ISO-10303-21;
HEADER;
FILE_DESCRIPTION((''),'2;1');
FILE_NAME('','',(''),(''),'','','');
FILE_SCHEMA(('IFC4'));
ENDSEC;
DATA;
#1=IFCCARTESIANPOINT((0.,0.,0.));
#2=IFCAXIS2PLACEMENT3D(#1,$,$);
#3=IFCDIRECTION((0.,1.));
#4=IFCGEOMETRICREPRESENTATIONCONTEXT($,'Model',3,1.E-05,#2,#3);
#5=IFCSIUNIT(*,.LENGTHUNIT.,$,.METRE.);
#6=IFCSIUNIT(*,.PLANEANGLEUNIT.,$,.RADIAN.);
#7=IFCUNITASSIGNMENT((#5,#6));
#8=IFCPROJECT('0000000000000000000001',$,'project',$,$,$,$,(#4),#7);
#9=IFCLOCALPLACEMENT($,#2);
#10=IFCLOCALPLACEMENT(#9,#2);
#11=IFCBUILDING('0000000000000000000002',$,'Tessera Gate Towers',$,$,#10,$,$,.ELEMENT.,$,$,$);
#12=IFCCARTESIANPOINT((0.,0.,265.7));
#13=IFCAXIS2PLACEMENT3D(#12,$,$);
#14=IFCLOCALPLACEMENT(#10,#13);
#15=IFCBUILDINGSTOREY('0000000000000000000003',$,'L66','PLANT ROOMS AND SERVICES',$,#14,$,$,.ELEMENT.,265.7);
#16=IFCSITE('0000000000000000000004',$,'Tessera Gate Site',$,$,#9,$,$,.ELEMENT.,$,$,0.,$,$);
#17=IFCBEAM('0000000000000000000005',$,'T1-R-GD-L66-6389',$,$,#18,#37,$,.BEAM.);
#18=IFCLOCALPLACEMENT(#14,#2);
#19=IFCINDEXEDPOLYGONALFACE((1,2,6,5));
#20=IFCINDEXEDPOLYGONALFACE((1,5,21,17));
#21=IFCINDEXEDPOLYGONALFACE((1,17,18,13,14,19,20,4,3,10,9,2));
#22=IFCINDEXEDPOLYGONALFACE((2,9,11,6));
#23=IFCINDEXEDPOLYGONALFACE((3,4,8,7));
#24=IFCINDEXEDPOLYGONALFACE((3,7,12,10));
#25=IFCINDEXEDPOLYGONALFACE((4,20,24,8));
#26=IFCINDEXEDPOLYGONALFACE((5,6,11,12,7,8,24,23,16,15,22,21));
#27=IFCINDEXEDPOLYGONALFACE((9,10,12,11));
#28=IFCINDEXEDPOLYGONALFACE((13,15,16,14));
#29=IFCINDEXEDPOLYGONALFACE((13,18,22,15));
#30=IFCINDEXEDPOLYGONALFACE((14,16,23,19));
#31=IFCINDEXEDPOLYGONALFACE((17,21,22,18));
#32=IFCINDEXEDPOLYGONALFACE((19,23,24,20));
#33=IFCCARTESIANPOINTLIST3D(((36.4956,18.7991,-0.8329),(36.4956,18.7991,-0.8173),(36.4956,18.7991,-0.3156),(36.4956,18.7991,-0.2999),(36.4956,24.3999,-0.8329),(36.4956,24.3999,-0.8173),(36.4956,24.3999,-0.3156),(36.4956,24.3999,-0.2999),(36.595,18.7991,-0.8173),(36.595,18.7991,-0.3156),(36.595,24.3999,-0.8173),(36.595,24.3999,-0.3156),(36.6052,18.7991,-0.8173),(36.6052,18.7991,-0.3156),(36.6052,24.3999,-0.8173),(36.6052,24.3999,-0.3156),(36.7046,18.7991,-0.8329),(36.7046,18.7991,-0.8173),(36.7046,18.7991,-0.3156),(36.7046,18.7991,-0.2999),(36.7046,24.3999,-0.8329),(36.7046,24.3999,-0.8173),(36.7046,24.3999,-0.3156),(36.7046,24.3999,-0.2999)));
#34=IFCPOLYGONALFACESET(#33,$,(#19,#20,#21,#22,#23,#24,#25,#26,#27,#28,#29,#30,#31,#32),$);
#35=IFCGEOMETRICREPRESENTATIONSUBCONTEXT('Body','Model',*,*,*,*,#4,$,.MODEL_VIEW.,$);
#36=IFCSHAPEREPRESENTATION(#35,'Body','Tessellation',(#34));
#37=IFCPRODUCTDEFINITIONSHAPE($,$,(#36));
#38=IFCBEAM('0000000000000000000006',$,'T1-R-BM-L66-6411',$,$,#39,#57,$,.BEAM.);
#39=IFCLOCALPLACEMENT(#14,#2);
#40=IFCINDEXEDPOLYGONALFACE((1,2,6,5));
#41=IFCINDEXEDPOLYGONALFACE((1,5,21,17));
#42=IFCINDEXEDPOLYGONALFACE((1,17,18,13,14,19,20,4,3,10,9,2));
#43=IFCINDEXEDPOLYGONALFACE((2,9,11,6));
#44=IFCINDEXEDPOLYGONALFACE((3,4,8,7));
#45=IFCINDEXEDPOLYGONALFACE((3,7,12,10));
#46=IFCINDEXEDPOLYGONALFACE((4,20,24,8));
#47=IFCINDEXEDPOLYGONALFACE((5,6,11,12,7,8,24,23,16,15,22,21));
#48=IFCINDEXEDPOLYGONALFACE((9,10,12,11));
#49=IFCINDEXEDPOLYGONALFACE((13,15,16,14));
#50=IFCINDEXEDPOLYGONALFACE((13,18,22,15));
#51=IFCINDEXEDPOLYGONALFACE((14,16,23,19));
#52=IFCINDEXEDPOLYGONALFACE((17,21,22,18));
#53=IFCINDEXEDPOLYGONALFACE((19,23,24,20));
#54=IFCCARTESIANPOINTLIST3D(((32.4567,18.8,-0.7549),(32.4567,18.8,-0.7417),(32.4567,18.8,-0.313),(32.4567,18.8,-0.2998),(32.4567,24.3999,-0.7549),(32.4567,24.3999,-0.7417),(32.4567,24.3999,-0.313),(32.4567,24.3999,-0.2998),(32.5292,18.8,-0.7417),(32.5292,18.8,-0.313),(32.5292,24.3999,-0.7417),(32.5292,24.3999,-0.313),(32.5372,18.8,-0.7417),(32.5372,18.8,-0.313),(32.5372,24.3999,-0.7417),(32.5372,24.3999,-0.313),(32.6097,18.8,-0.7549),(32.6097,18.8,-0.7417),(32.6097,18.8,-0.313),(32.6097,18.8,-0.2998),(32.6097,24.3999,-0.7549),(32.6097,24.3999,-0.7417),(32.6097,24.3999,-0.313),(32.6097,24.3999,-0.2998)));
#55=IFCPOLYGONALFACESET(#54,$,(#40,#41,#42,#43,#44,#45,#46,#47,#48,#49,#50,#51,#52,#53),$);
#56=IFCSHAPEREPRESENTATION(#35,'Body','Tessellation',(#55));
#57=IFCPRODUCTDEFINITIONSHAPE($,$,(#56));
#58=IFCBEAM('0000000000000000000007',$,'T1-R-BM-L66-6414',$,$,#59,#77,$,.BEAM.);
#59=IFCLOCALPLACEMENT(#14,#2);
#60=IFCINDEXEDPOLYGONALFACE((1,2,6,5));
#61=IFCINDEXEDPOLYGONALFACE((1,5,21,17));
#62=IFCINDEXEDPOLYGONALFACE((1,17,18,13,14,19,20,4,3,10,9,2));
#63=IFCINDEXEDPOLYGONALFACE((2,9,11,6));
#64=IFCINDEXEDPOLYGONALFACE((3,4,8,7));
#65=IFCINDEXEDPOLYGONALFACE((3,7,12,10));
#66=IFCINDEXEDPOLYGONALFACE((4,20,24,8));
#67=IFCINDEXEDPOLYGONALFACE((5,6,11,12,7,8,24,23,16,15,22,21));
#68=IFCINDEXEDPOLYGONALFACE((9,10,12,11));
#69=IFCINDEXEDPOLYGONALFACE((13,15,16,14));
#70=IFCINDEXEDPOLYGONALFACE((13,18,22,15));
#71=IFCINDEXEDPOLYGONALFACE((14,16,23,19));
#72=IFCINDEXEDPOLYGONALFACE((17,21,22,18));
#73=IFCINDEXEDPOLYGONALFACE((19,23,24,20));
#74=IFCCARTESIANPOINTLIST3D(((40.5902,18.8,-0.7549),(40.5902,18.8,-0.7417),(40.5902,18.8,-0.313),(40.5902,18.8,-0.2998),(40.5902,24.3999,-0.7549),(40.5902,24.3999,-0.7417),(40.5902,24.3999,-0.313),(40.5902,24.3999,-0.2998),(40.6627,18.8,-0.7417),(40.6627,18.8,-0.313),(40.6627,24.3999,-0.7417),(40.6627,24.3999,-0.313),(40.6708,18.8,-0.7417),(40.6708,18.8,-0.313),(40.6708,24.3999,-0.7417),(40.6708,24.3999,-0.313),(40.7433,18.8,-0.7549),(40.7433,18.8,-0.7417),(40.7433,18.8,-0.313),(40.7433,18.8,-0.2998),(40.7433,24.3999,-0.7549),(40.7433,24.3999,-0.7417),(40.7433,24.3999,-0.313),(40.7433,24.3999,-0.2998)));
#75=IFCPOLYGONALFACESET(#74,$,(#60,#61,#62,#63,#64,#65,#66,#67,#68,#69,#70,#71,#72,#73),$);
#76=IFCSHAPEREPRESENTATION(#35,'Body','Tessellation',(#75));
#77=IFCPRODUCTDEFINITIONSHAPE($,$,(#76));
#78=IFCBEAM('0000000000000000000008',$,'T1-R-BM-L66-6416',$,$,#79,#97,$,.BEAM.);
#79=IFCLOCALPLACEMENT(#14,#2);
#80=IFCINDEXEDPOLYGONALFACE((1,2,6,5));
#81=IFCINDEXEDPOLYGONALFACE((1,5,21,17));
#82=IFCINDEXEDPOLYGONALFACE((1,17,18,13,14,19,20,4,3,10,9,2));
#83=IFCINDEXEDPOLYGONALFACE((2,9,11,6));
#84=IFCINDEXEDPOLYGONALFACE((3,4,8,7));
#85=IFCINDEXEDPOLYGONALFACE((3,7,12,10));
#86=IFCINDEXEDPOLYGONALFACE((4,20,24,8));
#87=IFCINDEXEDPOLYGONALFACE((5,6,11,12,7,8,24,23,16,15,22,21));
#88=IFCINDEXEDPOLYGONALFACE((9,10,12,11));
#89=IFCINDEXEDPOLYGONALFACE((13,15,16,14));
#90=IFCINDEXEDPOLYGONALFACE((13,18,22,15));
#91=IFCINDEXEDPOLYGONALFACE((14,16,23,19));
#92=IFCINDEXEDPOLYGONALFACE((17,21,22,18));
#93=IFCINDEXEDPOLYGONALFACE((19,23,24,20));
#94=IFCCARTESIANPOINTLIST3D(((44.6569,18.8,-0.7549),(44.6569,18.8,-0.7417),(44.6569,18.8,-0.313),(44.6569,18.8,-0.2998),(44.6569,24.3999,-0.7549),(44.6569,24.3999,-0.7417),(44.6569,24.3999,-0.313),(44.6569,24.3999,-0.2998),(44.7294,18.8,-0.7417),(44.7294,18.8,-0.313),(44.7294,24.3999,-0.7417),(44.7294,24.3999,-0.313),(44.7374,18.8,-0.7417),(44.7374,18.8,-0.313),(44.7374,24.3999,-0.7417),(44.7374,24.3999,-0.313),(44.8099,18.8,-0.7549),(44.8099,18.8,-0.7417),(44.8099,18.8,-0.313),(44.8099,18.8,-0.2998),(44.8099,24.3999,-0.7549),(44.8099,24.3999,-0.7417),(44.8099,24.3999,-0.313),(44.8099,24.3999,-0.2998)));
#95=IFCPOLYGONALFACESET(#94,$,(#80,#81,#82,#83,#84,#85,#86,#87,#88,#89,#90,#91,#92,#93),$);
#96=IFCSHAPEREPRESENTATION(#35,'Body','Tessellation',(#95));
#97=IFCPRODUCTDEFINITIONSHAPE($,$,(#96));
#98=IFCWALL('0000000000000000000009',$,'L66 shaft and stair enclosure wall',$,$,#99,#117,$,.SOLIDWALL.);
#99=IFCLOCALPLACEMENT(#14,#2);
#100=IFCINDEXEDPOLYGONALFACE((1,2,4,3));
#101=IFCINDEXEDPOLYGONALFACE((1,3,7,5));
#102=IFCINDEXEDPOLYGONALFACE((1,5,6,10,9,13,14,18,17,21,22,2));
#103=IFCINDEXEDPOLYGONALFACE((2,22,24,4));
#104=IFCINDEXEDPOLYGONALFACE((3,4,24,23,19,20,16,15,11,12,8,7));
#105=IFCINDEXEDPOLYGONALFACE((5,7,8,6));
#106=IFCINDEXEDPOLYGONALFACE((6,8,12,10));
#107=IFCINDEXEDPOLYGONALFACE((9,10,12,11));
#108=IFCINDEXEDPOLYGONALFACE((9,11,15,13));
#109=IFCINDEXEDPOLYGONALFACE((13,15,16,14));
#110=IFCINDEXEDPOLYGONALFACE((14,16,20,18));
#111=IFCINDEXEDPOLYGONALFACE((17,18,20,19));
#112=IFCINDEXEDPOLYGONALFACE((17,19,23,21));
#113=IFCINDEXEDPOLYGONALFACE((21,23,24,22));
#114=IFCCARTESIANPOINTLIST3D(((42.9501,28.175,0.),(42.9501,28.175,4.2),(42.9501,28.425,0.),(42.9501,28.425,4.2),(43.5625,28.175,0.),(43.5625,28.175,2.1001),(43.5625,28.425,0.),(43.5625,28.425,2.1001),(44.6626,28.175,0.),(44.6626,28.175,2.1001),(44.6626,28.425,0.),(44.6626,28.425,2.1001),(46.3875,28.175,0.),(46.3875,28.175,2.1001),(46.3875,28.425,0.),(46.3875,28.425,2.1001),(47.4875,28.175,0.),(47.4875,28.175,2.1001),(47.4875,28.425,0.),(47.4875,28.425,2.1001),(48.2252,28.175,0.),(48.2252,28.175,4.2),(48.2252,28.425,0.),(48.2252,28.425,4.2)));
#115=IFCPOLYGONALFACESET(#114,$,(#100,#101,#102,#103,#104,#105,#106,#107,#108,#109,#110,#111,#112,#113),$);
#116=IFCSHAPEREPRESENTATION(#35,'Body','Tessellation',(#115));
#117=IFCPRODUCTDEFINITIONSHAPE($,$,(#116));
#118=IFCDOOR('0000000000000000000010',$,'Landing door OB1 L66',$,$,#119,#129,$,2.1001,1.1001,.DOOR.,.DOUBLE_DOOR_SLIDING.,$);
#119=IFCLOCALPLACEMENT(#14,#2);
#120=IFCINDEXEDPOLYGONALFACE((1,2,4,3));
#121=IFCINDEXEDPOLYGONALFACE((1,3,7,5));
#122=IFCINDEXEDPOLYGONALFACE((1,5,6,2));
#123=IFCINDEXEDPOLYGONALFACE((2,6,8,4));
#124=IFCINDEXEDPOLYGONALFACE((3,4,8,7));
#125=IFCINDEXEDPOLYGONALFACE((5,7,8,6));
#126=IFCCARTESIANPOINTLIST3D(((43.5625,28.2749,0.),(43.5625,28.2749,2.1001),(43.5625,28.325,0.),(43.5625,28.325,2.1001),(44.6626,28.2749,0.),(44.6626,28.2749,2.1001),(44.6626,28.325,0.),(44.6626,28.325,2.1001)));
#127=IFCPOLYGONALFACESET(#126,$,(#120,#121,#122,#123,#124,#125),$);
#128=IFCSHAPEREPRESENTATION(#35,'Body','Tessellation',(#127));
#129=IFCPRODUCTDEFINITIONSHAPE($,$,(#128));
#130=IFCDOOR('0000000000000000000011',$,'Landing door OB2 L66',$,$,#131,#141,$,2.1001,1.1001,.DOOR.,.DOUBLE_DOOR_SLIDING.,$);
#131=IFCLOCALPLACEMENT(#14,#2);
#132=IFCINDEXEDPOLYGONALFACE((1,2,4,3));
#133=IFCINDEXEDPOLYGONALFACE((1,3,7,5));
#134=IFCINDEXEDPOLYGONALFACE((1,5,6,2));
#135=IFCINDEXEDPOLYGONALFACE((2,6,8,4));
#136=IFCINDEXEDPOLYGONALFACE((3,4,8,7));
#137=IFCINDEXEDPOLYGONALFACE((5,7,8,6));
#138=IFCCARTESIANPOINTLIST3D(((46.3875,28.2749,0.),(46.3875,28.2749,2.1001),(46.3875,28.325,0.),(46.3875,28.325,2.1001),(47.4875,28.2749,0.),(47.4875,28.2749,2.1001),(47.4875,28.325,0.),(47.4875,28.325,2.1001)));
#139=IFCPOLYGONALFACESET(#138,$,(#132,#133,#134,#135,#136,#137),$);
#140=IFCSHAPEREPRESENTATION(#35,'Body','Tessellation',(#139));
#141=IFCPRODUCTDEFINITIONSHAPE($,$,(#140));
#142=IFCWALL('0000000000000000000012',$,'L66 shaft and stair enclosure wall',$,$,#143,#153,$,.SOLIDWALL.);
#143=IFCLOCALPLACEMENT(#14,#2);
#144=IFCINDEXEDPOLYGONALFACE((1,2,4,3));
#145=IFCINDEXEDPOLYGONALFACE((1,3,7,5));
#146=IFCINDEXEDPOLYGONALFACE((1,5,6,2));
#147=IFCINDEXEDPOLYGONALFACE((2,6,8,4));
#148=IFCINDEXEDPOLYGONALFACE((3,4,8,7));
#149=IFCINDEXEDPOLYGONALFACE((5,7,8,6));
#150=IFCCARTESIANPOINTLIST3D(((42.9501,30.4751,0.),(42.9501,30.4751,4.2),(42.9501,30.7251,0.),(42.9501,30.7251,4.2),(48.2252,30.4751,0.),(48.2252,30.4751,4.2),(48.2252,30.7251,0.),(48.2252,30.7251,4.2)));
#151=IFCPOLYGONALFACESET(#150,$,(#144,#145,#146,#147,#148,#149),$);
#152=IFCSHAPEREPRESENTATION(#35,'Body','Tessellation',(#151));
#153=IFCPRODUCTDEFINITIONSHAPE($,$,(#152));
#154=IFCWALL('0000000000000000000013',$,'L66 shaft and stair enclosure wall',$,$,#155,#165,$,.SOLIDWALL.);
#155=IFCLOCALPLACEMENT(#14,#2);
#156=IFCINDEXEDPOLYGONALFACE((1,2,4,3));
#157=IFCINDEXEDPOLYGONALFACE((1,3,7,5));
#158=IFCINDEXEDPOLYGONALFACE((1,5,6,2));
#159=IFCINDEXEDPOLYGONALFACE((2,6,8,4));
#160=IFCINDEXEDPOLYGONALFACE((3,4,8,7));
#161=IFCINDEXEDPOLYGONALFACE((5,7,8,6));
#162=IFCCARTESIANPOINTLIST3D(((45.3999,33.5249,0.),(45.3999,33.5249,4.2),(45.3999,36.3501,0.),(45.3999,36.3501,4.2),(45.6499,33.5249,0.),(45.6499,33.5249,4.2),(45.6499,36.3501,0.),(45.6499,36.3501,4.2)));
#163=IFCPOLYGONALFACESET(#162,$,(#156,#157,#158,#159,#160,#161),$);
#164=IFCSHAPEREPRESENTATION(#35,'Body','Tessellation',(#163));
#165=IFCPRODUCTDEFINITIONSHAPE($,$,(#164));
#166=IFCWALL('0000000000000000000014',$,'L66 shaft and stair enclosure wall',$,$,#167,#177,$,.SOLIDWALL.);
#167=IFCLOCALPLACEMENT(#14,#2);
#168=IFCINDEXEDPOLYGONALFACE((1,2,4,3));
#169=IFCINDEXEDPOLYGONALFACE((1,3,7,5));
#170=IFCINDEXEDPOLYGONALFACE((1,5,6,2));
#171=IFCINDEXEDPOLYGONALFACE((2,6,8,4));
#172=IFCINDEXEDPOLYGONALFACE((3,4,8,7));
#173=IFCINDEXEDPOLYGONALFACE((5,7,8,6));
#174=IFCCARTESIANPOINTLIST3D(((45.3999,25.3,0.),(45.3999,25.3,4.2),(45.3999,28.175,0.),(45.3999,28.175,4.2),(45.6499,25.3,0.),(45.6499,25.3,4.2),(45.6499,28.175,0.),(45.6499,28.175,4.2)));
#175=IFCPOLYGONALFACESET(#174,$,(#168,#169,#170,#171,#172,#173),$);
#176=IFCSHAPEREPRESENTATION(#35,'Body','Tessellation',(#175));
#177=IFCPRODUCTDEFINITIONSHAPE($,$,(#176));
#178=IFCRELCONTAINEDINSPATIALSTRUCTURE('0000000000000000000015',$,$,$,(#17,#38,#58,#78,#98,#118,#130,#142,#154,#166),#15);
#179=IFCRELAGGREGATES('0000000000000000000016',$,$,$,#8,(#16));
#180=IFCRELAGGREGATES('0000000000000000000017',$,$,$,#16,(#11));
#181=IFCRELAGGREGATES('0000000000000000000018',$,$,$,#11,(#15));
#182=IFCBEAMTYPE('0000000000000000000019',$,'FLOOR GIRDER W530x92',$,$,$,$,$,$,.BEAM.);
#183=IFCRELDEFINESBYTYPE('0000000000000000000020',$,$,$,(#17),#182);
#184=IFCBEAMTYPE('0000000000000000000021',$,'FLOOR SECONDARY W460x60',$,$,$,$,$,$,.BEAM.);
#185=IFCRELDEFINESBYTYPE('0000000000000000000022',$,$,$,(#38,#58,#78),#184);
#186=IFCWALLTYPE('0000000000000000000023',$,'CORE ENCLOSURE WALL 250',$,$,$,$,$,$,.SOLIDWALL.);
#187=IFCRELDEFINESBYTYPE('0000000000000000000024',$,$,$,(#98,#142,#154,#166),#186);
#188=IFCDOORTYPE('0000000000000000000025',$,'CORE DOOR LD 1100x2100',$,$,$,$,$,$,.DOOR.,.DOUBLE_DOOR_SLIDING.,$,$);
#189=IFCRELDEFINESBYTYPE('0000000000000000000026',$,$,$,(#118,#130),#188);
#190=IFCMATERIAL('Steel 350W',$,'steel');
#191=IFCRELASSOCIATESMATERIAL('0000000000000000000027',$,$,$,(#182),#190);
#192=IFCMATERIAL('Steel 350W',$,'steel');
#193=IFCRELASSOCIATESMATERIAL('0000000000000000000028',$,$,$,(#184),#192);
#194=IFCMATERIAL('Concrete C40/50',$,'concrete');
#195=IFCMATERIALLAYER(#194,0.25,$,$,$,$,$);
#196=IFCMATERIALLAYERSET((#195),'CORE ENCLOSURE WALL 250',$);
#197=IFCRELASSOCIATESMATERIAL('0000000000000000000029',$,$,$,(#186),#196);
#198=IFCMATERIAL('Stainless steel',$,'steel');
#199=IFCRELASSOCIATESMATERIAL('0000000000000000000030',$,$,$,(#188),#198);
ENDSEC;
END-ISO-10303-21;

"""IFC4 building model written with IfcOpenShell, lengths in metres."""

from ifc_helpers import new_model, si_unit, direction, frame, frame_2d, origin, origin_2d, place, context, subcontext, project, spatial, rectangle, i_section, extrude, source, transform, mapped, material, layer, layer_set, material_profile, profile_set, type_object, element, fill, save


model = new_model("IFC4")

# Units and contexts
model_context = context("Model", 3, precision=1e-05, world=origin(), true_north=direction((0.0, 1.0)))
body_context = subcontext(model_context, "Body", "Model", "MODEL_VIEW")
ifc_project = project(units=[si_unit("LENGTHUNIT", "METRE"), si_unit("PLANEANGLEUNIT", "RADIAN")], contexts=[model_context])

# Site, building, storey
site_placement = place(None, origin())
site = spatial("IfcSite", under=ifc_project, at=site_placement, Name="Tessera Gate Site", CompositionType="ELEMENT", RefElevation=0.0)
building_placement = place(site_placement, origin())
building = spatial("IfcBuilding", under=site, at=building_placement, Name="Tessera Gate Towers", CompositionType="ELEMENT")
storey_placement = place(building_placement, frame((0.0, 0.0, 265.7)))
storey = spatial("IfcBuildingStorey", under=building, at=storey_placement, Name="L66", Description="PLANT ROOMS AND SERVICES", CompositionType="ELEMENT", Elevation=265.7)

# Beams
ifc_material_1 = material(Name="Steel 350W", Category="steel")
ifc_material_profile_1 = material_profile(ifc_material_1, i_section(OverallWidth=0.209, OverallDepth=0.533, WebThickness=0.0103, FlangeThickness=0.0156, at=origin_2d()), Name="W530x92")
ifc_profile_set_1 = profile_set([ifc_material_profile_1], Name="Steel 350W")
beam_type_1 = type_object("IfcBeamType", Name="FLOOR GIRDER W530x92", PredefinedType="BEAM", material=ifc_profile_set_1)
beam_placement = place(storey_placement, frame((36.6001, 18.7991, -0.5664), z_axis=(0.0, 1.0, 0.0), x_axis=(-1.0, 0.0, 0.0)))
element("IfcBeam", 1, at=beam_placement, inside=storey, type_object=beam_type_1, Name="T1-R-GD-L66-6389", PredefinedType="BEAM", context=body_context, shape_type="SweptSolid", body=[
    extrude(i_section(OverallWidth=0.209, OverallDepth=0.533, WebThickness=0.0103, FlangeThickness=0.0156, at=origin_2d()), origin(), (0.0, 0.0, 1.0), 5.6008),
])
ifc_material_2 = material(Name="Steel 350W", Category="steel")
ifc_material_profile_2 = material_profile(ifc_material_2, i_section(OverallWidth=0.1531, OverallDepth=0.4551, WebThickness=0.0081, FlangeThickness=0.0132, at=origin_2d()), Name="W460x60")
ifc_profile_set_2 = profile_set([ifc_material_profile_2], Name="Steel 350W")
beam_type_2 = type_object("IfcBeamType", Name="FLOOR SECONDARY W460x60", PredefinedType="BEAM", material=ifc_profile_set_2)
for number, where, z_axis, x_axis, name in (
    (2, (32.5332, 18.8, -0.5273), (0.0, 1.0, 0.0), (-1.0, 0.0, 0.0), "T1-R-BM-L66-6411"),
    (3, (40.6667, 18.8, -0.5273), (0.0, 1.0, 0.0), (-1.0, 0.0, 0.0), "T1-R-BM-L66-6414"),
    (4, (44.7334, 18.8, -0.5273), (0.0, 1.0, 0.0), (-1.0, 0.0, 0.0), "T1-R-BM-L66-6416"),
):
    element("IfcBeam", number, at=place(storey_placement, frame(where, z_axis=z_axis, x_axis=x_axis)), inside=storey, type_object=beam_type_2, Name=name, PredefinedType="BEAM", context=body_context, shape_type="SweptSolid", body=[
        extrude(i_section(OverallWidth=0.1531, OverallDepth=0.4551, WebThickness=0.0081, FlangeThickness=0.0132, at=origin_2d()), origin(), (0.0, 0.0, 1.0), 5.5999),
    ])

# Wall, openings, doors
ifc_material_3 = material(Name="Concrete C40/50", Category="concrete")
ifc_layer_1 = layer(ifc_material_3, 0.25)
ifc_layer_set_1 = layer_set([ifc_layer_1], Name="CORE ENCLOSURE WALL 250")
wall_type_1 = type_object("IfcWallType", Name="CORE ENCLOSURE WALL 250", PredefinedType="SOLIDWALL", material=ifc_layer_set_1)
wall_1_placement = place(storey_placement, frame((42.95, 28.3, 0.0), z_axis=(0.0, 0.0, 1.0), x_axis=(1.0, 0.0, 0.0)))
wall_1 = element("IfcWall", 5, at=wall_1_placement, inside=storey, type_object=wall_type_1, Name="L66 shaft and stair enclosure wall", PredefinedType="SOLIDWALL", context=body_context, shape_type="SweptSolid", body=[
    extrude(rectangle(XDim=5.2751, YDim=0.25, at=frame_2d((2.6377, 0.0))), origin(), (0.0, 0.0, 1.0), 4.2),
])
shared_shape_1 = source(origin(), body_context, "Body", "SweptSolid", [
    extrude(rectangle(XDim=1.1001, YDim=2.1001, at=frame_2d((0.55, 1.05))), frame((0.0, 0.135, 0.0), z_axis=(0.0, -1.0, 0.0), x_axis=(1.0, 0.0, 0.0)), (0.0, 0.0, 1.0), 0.27),
])
opening_1_placement = place(wall_1_placement, frame((0.6125, 0.0, 0.0)))
opening_1 = element("IfcOpeningElement", 6, at=opening_1_placement, cuts=wall_1, PredefinedType="OPENING", context=body_context, shape_type="MappedRepresentation", body=[
    mapped(shared_shape_1, transform((0.0, 0.0, 0.0), scale=1.0)),
])
opening_2_placement = place(wall_1_placement, frame((3.4375, 0.0, 0.0)))
opening_2 = element("IfcOpeningElement", 7, at=opening_2_placement, cuts=wall_1, PredefinedType="OPENING", context=body_context, shape_type="MappedRepresentation", body=[
    mapped(shared_shape_1, transform((0.0, 0.0, 0.0), scale=1.0)),
])
ifc_material_4 = material(Name="Stainless steel", Category="steel")
door_type_1 = type_object("IfcDoorType", Name="CORE DOOR LD 1100x2100", OperationType="DOUBLE_DOOR_SLIDING", PredefinedType="DOOR", material=ifc_material_4)
shared_shape_2 = source(origin(), body_context, "Body", "SweptSolid", [
    extrude(rectangle(XDim=1.1001, YDim=2.1001, at=frame_2d((0.55, 1.05))), frame((0.0, 0.0249, 0.0), z_axis=(0.0, -1.0, 0.0), x_axis=(1.0, 0.0, 0.0)), (0.0, 0.0, 1.0), 0.05),
])
door_1_placement = place(opening_1_placement, origin())
door_1 = element("IfcDoor", 8, at=door_1_placement, inside=storey, type_object=door_type_1, Name="Landing door OB1 L66", OperationType="DOUBLE_DOOR_SLIDING", OverallHeight=2.1001, OverallWidth=1.1001, PredefinedType="DOOR", context=body_context, shape_type="MappedRepresentation", body=[
    mapped(shared_shape_2, transform((0.0, 0.0, 0.0), scale=1.0)),
])
fill(opening_1, door_1)
door_2_placement = place(opening_2_placement, origin())
door_2 = element("IfcDoor", 9, at=door_2_placement, inside=storey, type_object=door_type_1, Name="Landing door OB2 L66", OperationType="DOUBLE_DOOR_SLIDING", OverallHeight=2.1001, OverallWidth=1.1001, PredefinedType="DOOR", context=body_context, shape_type="MappedRepresentation", body=[
    mapped(shared_shape_2, transform((0.0, 0.0, 0.0), scale=1.0)),
])
fill(opening_2, door_2)

# Walls
wall_2_placement = place(storey_placement, frame((42.95, 30.6001, 0.0), z_axis=(0.0, 0.0, 1.0), x_axis=(1.0, 0.0, 0.0)))
element("IfcWall", 10, at=wall_2_placement, inside=storey, type_object=wall_type_1, Name="L66 shaft and stair enclosure wall", PredefinedType="SOLIDWALL", context=body_context, shape_type="SweptSolid", body=[
    extrude(rectangle(XDim=5.2751, YDim=0.25, at=frame_2d((2.6377, 0.0))), origin(), (0.0, 0.0, 1.0), 4.2),
])
wall_3_placement = place(storey_placement, frame((45.5249, 33.5249, 0.0), z_axis=(0.0, 0.0, 1.0), x_axis=(0.0, 1.0, 0.0)))
element("IfcWall", 11, at=wall_3_placement, inside=storey, type_object=wall_type_1, Name="L66 shaft and stair enclosure wall", PredefinedType="SOLIDWALL", context=body_context, shape_type="SweptSolid", body=[
    extrude(rectangle(XDim=2.8252, YDim=0.25, at=frame_2d((1.4126, 0.0))), origin(), (0.0, 0.0, 1.0), 4.2),
])
wall_4_placement = place(storey_placement, frame((45.5249, 25.3, 0.0), z_axis=(0.0, 0.0, 1.0), x_axis=(0.0, 1.0, 0.0)))
element("IfcWall", 12, at=wall_4_placement, inside=storey, type_object=wall_type_1, Name="L66 shaft and stair enclosure wall", PredefinedType="SOLIDWALL", context=body_context, shape_type="SweptSolid", body=[
    extrude(rectangle(XDim=2.875, YDim=0.25, at=frame_2d((1.4375, 0.0))), origin(), (0.0, 0.0, 1.0), 4.2),
])

save(model, "model.ifc")
